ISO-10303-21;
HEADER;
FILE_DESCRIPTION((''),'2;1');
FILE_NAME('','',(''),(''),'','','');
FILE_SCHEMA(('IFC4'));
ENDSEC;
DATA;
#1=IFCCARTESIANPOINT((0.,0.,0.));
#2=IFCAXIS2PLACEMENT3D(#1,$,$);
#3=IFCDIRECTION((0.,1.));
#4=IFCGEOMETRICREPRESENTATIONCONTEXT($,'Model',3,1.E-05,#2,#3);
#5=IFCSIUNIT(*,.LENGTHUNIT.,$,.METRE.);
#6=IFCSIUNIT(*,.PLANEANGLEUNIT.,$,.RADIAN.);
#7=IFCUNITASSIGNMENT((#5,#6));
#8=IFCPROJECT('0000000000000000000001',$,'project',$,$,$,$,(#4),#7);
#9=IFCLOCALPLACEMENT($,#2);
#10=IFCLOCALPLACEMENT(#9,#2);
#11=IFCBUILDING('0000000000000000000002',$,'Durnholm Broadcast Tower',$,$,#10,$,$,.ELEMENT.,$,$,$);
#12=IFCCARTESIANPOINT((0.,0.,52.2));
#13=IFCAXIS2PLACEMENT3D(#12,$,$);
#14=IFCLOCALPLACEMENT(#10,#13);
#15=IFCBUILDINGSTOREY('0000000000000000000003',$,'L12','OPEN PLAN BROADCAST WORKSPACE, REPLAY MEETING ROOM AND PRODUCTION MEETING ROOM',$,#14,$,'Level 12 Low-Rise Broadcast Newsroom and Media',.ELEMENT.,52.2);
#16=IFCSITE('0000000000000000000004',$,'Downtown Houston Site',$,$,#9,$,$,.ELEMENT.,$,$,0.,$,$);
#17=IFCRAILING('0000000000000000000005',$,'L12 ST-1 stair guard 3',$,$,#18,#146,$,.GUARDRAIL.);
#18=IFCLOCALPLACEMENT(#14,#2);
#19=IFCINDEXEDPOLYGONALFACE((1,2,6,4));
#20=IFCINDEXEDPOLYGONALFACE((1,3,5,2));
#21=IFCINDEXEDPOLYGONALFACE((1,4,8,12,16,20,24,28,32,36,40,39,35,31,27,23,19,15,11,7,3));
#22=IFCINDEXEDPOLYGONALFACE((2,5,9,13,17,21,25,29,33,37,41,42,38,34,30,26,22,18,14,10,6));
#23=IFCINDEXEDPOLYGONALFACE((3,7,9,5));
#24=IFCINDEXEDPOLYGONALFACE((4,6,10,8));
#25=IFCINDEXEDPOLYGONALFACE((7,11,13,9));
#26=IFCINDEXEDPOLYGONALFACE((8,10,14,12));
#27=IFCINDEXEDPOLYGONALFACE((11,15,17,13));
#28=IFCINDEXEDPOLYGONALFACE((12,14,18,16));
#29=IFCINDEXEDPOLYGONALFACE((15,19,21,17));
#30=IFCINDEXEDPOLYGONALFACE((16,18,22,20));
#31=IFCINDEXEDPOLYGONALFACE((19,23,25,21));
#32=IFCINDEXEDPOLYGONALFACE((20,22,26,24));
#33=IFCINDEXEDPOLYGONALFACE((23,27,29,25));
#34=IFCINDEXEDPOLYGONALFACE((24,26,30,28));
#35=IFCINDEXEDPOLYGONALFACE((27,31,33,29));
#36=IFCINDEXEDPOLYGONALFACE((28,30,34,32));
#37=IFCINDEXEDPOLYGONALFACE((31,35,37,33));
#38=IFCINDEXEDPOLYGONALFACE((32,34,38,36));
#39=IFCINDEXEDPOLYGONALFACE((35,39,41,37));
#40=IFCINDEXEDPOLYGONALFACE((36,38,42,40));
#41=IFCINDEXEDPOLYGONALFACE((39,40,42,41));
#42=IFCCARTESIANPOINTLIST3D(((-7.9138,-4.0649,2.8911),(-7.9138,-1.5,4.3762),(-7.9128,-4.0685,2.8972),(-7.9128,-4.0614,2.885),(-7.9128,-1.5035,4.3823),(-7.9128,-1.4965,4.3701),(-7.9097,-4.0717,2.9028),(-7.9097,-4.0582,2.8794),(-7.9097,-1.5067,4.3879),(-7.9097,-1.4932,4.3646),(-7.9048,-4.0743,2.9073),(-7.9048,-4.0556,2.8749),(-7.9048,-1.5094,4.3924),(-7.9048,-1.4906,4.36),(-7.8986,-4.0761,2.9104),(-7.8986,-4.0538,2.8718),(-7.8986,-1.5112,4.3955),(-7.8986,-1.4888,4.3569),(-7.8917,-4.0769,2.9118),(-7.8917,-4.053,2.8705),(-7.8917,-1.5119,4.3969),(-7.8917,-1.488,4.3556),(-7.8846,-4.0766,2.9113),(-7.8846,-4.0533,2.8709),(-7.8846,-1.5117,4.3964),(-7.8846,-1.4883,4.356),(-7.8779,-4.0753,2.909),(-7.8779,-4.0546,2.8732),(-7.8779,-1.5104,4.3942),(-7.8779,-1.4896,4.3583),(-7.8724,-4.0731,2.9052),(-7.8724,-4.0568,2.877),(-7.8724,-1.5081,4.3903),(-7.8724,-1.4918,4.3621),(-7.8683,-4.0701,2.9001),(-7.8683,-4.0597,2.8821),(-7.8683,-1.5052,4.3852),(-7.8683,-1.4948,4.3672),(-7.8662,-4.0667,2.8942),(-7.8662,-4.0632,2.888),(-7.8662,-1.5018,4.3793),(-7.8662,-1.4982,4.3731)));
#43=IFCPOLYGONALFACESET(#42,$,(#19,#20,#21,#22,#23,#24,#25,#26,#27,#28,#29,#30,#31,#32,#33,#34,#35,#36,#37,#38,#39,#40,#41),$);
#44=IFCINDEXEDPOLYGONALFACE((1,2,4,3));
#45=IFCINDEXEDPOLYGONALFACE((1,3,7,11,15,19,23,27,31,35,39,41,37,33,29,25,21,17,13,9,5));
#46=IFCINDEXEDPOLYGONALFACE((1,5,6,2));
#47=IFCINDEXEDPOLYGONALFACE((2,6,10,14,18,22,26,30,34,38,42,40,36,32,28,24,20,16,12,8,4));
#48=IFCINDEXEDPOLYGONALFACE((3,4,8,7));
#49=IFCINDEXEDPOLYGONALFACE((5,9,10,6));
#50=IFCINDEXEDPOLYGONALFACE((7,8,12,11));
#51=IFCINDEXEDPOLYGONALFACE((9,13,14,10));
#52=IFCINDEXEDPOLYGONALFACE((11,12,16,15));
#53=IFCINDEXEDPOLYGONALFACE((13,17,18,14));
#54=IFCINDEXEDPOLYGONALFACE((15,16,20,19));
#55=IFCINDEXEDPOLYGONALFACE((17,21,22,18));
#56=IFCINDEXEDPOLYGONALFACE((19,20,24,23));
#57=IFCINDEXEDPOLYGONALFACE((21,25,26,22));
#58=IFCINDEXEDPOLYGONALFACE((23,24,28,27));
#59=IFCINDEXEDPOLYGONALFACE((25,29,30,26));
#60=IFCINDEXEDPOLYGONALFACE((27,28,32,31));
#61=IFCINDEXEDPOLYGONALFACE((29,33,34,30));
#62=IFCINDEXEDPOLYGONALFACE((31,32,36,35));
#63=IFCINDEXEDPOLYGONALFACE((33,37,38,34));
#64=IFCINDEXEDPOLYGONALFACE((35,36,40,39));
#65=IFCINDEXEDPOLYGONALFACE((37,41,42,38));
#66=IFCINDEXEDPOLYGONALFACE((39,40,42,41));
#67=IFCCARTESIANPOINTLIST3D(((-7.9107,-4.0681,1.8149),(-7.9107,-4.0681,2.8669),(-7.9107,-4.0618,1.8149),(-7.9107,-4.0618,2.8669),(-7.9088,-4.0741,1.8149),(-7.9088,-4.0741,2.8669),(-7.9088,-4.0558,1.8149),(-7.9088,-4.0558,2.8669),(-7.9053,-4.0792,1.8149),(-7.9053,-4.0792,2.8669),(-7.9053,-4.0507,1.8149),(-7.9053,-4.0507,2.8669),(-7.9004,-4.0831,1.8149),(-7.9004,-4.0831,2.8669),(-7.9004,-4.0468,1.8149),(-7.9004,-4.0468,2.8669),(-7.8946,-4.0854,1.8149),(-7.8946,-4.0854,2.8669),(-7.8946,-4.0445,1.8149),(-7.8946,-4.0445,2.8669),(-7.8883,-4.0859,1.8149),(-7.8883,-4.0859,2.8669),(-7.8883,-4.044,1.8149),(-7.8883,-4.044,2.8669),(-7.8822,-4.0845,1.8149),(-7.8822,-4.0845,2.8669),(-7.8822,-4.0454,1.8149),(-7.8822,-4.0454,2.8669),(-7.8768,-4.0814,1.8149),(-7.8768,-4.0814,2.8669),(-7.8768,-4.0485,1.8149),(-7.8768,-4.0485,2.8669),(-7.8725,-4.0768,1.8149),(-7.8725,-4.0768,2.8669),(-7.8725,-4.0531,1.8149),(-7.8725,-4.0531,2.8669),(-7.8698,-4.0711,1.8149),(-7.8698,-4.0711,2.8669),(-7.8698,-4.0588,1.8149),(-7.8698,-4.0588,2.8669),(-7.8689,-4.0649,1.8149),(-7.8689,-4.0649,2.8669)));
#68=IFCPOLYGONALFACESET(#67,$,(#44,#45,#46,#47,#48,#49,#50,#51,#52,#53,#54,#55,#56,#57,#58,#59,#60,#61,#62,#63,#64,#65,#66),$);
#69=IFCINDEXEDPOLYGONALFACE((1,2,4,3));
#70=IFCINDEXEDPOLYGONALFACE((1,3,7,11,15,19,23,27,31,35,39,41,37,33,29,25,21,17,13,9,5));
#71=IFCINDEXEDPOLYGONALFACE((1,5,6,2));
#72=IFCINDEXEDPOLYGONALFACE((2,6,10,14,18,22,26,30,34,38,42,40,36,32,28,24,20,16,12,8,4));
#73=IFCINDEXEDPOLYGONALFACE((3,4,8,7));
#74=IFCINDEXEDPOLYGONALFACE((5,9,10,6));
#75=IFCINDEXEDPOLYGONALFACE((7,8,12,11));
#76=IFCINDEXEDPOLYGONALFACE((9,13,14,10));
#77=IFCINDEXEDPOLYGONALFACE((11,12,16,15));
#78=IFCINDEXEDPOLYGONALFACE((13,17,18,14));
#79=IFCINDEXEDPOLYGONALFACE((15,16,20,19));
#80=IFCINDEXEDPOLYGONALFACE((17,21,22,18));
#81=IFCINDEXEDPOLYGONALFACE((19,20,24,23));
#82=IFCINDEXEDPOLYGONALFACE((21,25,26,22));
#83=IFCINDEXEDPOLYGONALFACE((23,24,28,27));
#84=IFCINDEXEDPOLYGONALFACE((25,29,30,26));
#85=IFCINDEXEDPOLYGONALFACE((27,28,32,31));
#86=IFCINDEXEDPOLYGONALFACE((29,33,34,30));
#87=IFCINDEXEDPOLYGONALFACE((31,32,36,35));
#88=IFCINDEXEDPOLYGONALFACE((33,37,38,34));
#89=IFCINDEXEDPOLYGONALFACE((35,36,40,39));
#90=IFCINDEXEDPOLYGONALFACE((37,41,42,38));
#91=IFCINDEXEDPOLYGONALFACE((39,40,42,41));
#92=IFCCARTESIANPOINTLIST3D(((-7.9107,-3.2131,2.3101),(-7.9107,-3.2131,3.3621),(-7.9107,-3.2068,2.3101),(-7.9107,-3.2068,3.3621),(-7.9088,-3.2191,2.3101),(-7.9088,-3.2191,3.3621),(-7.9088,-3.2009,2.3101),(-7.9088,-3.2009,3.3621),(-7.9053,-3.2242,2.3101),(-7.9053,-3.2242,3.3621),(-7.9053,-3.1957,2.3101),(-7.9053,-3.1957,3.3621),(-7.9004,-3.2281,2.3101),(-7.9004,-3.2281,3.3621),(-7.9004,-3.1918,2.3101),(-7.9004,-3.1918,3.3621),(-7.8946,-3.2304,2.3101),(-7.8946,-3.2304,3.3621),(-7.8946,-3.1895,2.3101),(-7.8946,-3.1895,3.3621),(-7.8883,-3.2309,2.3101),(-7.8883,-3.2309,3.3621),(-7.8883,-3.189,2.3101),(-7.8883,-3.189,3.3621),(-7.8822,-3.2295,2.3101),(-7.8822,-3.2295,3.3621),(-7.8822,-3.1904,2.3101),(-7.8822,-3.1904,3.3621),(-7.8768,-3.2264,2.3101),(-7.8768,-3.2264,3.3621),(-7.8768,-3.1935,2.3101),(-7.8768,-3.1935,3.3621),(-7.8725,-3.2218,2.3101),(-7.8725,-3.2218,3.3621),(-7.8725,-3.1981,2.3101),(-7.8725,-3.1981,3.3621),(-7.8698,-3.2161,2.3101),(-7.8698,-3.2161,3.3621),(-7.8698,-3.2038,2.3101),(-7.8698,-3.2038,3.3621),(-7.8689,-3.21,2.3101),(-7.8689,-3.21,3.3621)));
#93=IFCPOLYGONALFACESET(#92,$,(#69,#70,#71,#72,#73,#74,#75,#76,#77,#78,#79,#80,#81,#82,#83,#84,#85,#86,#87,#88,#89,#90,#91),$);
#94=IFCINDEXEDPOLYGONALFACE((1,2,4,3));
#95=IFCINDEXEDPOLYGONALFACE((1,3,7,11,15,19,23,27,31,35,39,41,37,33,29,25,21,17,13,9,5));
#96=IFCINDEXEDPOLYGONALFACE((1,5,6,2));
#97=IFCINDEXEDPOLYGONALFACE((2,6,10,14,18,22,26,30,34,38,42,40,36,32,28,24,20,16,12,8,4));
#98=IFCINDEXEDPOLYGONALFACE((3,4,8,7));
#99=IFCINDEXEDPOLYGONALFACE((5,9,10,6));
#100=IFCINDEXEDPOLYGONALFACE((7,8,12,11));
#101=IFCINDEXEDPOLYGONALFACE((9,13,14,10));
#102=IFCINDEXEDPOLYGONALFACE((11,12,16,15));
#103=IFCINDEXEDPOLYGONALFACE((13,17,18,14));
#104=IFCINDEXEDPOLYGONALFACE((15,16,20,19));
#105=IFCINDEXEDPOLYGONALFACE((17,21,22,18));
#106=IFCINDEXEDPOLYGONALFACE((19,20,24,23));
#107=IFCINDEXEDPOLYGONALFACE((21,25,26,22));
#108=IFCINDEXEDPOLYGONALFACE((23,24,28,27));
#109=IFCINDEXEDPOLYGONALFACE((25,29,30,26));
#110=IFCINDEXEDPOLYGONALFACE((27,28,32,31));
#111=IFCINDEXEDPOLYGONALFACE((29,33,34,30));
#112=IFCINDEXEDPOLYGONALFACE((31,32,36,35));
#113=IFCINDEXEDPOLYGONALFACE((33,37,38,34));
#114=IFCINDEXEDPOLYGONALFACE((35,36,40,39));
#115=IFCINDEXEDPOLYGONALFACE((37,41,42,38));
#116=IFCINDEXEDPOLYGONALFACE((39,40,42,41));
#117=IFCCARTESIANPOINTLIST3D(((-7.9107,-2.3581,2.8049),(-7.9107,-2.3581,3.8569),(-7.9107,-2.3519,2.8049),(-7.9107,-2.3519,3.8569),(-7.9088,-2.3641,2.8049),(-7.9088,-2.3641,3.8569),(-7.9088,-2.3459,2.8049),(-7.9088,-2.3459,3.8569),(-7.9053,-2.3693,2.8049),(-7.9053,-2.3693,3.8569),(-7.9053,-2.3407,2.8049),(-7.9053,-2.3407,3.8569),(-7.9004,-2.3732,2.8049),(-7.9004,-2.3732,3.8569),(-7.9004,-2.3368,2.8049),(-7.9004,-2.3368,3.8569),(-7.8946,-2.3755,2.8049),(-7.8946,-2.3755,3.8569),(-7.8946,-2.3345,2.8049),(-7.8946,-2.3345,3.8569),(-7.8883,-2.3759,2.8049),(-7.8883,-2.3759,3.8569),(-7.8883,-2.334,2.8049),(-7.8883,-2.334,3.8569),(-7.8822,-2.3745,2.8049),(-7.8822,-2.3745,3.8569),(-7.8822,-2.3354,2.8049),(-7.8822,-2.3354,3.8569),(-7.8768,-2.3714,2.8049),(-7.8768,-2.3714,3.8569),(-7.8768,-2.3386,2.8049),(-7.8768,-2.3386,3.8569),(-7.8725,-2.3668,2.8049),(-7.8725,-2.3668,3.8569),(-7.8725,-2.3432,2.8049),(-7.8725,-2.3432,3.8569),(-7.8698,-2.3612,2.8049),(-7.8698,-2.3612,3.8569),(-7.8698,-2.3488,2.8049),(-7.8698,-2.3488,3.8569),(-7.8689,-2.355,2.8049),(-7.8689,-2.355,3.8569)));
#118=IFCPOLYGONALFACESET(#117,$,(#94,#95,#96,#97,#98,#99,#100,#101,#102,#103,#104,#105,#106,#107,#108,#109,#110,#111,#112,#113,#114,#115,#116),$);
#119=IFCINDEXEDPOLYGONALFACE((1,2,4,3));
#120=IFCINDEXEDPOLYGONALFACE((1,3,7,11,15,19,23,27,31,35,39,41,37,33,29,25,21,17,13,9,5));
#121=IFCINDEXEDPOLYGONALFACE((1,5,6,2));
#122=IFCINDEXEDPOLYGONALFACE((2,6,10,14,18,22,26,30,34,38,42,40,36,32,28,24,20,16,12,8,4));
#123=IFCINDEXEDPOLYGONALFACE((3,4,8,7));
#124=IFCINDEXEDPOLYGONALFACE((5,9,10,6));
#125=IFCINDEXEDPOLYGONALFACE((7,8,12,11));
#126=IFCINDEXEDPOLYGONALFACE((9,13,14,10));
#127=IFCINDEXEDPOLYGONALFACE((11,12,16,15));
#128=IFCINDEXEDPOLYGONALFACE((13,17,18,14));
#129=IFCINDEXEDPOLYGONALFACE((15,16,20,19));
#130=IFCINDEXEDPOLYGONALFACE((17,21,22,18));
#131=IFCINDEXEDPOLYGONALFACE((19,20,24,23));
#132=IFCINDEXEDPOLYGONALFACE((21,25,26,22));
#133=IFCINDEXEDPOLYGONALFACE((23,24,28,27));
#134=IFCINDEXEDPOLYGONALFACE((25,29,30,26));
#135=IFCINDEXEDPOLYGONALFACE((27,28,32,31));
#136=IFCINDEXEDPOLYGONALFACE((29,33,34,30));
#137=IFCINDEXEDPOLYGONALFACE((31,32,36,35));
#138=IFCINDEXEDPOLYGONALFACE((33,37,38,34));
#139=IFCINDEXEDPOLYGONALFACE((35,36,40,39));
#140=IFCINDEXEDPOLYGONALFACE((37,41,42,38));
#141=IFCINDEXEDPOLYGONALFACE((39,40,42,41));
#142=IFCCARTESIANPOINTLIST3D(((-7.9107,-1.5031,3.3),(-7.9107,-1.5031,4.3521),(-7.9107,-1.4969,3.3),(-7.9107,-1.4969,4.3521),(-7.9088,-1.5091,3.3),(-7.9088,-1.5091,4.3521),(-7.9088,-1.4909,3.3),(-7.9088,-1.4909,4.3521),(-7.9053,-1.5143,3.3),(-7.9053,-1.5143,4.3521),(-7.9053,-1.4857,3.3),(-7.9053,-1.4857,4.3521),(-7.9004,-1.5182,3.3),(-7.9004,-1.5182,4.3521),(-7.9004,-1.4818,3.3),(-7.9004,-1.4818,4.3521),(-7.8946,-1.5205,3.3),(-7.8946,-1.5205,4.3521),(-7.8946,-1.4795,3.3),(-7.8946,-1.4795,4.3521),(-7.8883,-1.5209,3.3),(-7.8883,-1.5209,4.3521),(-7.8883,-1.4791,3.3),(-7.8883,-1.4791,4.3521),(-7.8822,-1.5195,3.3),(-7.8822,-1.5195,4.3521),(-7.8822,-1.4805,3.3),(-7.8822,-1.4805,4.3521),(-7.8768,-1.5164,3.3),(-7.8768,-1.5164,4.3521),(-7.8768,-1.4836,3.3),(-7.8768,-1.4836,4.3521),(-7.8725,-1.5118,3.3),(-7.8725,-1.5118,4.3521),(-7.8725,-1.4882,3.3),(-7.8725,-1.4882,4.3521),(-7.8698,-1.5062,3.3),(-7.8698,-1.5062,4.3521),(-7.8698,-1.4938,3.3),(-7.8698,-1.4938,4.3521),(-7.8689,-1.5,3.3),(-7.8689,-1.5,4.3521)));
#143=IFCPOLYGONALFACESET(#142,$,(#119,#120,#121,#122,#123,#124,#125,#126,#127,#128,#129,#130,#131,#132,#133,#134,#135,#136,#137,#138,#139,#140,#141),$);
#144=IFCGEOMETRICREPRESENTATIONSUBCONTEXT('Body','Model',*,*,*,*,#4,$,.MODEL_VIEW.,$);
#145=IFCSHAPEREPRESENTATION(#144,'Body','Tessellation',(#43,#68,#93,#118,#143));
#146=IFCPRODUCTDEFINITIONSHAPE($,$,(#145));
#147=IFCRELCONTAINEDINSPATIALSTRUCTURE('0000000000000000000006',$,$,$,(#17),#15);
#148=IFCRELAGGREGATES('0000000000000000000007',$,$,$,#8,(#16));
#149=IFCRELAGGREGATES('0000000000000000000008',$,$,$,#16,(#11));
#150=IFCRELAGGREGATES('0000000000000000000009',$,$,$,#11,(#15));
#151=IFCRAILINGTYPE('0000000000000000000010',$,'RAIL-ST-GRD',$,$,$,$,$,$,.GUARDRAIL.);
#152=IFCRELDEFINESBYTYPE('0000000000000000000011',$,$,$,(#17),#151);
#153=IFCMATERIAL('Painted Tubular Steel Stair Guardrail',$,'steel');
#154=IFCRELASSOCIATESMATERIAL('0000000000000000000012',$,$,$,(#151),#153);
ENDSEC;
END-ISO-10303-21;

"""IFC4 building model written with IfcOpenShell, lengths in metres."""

from ifc_helpers import new_model, si_unit, direction, frame, origin, origin_2d, place, context, subcontext, project, spatial, circle, extrude, material, type_object, element, save


model = new_model("IFC4")

# Units and contexts
model_context = context("Model", 3, precision=1e-05, world=origin(), true_north=direction((0.0, 1.0)))
body_context = subcontext(model_context, "Body", "Model", "MODEL_VIEW")
ifc_project = project(units=[si_unit("LENGTHUNIT", "METRE"), si_unit("PLANEANGLEUNIT", "RADIAN")], contexts=[model_context])

# Site, building, storey
site_placement = place(None, origin())
site = spatial("IfcSite", under=ifc_project, at=site_placement, Name="Downtown Houston Site", CompositionType="ELEMENT", RefElevation=0.0)
building_placement = place(site_placement, origin())
building = spatial("IfcBuilding", under=site, at=building_placement, Name="Durnholm Broadcast Tower", CompositionType="ELEMENT")
storey_placement = place(building_placement, frame((0.0, 0.0, 52.2)))
storey = spatial("IfcBuildingStorey", under=building, at=storey_placement, Name="L12", Description="OPEN PLAN BROADCAST WORKSPACE, REPLAY MEETING ROOM AND PRODUCTION MEETING ROOM", LongName="Level 12 Low-Rise Broadcast Newsroom and Media", CompositionType="ELEMENT", Elevation=52.2)

# Railing
ifc_material_1 = material(Name="Painted Tubular Steel Stair Guardrail", Category="steel")
railing_type_1 = type_object("IfcRailingType", Name="RAIL-ST-GRD", PredefinedType="GUARDRAIL", material=ifc_material_1)
railing_1_placement = place(storey_placement, frame((-7.8899, -4.0649, 1.8149)))
element("IfcRailing", 1, at=railing_1_placement, inside=storey, type_object=railing_type_1, Name="L12 ST-1 stair guard 3", PredefinedType="GUARDRAIL", context=body_context, shape_type="SweptSolid", body=[
    extrude(circle(Radius=0.0239, at=origin_2d()), frame((0.0, 0.0, 1.0762), z_axis=(0.0, 0.865406, 0.501072), x_axis=(-1.0, 0.0, 0.0)), (0.0, 0.0, 1.0), 2.9639),
    extrude(circle(Radius=0.021, at=origin_2d()), origin(), (0.0, 0.0, 1.0), 1.052),
    extrude(circle(Radius=0.021, at=origin_2d()), frame((0.0, 0.855, 0.4951)), (0.0, 0.0, 1.0), 1.052),
    extrude(circle(Radius=0.021, at=origin_2d()), frame((0.0, 1.71, 0.99)), (0.0, 0.0, 1.0), 1.052),
    extrude(circle(Radius=0.021, at=origin_2d()), frame((0.0, 2.5649, 1.4851)), (0.0, 0.0, 1.0), 1.052),
])

save(model, "model.ifc")
